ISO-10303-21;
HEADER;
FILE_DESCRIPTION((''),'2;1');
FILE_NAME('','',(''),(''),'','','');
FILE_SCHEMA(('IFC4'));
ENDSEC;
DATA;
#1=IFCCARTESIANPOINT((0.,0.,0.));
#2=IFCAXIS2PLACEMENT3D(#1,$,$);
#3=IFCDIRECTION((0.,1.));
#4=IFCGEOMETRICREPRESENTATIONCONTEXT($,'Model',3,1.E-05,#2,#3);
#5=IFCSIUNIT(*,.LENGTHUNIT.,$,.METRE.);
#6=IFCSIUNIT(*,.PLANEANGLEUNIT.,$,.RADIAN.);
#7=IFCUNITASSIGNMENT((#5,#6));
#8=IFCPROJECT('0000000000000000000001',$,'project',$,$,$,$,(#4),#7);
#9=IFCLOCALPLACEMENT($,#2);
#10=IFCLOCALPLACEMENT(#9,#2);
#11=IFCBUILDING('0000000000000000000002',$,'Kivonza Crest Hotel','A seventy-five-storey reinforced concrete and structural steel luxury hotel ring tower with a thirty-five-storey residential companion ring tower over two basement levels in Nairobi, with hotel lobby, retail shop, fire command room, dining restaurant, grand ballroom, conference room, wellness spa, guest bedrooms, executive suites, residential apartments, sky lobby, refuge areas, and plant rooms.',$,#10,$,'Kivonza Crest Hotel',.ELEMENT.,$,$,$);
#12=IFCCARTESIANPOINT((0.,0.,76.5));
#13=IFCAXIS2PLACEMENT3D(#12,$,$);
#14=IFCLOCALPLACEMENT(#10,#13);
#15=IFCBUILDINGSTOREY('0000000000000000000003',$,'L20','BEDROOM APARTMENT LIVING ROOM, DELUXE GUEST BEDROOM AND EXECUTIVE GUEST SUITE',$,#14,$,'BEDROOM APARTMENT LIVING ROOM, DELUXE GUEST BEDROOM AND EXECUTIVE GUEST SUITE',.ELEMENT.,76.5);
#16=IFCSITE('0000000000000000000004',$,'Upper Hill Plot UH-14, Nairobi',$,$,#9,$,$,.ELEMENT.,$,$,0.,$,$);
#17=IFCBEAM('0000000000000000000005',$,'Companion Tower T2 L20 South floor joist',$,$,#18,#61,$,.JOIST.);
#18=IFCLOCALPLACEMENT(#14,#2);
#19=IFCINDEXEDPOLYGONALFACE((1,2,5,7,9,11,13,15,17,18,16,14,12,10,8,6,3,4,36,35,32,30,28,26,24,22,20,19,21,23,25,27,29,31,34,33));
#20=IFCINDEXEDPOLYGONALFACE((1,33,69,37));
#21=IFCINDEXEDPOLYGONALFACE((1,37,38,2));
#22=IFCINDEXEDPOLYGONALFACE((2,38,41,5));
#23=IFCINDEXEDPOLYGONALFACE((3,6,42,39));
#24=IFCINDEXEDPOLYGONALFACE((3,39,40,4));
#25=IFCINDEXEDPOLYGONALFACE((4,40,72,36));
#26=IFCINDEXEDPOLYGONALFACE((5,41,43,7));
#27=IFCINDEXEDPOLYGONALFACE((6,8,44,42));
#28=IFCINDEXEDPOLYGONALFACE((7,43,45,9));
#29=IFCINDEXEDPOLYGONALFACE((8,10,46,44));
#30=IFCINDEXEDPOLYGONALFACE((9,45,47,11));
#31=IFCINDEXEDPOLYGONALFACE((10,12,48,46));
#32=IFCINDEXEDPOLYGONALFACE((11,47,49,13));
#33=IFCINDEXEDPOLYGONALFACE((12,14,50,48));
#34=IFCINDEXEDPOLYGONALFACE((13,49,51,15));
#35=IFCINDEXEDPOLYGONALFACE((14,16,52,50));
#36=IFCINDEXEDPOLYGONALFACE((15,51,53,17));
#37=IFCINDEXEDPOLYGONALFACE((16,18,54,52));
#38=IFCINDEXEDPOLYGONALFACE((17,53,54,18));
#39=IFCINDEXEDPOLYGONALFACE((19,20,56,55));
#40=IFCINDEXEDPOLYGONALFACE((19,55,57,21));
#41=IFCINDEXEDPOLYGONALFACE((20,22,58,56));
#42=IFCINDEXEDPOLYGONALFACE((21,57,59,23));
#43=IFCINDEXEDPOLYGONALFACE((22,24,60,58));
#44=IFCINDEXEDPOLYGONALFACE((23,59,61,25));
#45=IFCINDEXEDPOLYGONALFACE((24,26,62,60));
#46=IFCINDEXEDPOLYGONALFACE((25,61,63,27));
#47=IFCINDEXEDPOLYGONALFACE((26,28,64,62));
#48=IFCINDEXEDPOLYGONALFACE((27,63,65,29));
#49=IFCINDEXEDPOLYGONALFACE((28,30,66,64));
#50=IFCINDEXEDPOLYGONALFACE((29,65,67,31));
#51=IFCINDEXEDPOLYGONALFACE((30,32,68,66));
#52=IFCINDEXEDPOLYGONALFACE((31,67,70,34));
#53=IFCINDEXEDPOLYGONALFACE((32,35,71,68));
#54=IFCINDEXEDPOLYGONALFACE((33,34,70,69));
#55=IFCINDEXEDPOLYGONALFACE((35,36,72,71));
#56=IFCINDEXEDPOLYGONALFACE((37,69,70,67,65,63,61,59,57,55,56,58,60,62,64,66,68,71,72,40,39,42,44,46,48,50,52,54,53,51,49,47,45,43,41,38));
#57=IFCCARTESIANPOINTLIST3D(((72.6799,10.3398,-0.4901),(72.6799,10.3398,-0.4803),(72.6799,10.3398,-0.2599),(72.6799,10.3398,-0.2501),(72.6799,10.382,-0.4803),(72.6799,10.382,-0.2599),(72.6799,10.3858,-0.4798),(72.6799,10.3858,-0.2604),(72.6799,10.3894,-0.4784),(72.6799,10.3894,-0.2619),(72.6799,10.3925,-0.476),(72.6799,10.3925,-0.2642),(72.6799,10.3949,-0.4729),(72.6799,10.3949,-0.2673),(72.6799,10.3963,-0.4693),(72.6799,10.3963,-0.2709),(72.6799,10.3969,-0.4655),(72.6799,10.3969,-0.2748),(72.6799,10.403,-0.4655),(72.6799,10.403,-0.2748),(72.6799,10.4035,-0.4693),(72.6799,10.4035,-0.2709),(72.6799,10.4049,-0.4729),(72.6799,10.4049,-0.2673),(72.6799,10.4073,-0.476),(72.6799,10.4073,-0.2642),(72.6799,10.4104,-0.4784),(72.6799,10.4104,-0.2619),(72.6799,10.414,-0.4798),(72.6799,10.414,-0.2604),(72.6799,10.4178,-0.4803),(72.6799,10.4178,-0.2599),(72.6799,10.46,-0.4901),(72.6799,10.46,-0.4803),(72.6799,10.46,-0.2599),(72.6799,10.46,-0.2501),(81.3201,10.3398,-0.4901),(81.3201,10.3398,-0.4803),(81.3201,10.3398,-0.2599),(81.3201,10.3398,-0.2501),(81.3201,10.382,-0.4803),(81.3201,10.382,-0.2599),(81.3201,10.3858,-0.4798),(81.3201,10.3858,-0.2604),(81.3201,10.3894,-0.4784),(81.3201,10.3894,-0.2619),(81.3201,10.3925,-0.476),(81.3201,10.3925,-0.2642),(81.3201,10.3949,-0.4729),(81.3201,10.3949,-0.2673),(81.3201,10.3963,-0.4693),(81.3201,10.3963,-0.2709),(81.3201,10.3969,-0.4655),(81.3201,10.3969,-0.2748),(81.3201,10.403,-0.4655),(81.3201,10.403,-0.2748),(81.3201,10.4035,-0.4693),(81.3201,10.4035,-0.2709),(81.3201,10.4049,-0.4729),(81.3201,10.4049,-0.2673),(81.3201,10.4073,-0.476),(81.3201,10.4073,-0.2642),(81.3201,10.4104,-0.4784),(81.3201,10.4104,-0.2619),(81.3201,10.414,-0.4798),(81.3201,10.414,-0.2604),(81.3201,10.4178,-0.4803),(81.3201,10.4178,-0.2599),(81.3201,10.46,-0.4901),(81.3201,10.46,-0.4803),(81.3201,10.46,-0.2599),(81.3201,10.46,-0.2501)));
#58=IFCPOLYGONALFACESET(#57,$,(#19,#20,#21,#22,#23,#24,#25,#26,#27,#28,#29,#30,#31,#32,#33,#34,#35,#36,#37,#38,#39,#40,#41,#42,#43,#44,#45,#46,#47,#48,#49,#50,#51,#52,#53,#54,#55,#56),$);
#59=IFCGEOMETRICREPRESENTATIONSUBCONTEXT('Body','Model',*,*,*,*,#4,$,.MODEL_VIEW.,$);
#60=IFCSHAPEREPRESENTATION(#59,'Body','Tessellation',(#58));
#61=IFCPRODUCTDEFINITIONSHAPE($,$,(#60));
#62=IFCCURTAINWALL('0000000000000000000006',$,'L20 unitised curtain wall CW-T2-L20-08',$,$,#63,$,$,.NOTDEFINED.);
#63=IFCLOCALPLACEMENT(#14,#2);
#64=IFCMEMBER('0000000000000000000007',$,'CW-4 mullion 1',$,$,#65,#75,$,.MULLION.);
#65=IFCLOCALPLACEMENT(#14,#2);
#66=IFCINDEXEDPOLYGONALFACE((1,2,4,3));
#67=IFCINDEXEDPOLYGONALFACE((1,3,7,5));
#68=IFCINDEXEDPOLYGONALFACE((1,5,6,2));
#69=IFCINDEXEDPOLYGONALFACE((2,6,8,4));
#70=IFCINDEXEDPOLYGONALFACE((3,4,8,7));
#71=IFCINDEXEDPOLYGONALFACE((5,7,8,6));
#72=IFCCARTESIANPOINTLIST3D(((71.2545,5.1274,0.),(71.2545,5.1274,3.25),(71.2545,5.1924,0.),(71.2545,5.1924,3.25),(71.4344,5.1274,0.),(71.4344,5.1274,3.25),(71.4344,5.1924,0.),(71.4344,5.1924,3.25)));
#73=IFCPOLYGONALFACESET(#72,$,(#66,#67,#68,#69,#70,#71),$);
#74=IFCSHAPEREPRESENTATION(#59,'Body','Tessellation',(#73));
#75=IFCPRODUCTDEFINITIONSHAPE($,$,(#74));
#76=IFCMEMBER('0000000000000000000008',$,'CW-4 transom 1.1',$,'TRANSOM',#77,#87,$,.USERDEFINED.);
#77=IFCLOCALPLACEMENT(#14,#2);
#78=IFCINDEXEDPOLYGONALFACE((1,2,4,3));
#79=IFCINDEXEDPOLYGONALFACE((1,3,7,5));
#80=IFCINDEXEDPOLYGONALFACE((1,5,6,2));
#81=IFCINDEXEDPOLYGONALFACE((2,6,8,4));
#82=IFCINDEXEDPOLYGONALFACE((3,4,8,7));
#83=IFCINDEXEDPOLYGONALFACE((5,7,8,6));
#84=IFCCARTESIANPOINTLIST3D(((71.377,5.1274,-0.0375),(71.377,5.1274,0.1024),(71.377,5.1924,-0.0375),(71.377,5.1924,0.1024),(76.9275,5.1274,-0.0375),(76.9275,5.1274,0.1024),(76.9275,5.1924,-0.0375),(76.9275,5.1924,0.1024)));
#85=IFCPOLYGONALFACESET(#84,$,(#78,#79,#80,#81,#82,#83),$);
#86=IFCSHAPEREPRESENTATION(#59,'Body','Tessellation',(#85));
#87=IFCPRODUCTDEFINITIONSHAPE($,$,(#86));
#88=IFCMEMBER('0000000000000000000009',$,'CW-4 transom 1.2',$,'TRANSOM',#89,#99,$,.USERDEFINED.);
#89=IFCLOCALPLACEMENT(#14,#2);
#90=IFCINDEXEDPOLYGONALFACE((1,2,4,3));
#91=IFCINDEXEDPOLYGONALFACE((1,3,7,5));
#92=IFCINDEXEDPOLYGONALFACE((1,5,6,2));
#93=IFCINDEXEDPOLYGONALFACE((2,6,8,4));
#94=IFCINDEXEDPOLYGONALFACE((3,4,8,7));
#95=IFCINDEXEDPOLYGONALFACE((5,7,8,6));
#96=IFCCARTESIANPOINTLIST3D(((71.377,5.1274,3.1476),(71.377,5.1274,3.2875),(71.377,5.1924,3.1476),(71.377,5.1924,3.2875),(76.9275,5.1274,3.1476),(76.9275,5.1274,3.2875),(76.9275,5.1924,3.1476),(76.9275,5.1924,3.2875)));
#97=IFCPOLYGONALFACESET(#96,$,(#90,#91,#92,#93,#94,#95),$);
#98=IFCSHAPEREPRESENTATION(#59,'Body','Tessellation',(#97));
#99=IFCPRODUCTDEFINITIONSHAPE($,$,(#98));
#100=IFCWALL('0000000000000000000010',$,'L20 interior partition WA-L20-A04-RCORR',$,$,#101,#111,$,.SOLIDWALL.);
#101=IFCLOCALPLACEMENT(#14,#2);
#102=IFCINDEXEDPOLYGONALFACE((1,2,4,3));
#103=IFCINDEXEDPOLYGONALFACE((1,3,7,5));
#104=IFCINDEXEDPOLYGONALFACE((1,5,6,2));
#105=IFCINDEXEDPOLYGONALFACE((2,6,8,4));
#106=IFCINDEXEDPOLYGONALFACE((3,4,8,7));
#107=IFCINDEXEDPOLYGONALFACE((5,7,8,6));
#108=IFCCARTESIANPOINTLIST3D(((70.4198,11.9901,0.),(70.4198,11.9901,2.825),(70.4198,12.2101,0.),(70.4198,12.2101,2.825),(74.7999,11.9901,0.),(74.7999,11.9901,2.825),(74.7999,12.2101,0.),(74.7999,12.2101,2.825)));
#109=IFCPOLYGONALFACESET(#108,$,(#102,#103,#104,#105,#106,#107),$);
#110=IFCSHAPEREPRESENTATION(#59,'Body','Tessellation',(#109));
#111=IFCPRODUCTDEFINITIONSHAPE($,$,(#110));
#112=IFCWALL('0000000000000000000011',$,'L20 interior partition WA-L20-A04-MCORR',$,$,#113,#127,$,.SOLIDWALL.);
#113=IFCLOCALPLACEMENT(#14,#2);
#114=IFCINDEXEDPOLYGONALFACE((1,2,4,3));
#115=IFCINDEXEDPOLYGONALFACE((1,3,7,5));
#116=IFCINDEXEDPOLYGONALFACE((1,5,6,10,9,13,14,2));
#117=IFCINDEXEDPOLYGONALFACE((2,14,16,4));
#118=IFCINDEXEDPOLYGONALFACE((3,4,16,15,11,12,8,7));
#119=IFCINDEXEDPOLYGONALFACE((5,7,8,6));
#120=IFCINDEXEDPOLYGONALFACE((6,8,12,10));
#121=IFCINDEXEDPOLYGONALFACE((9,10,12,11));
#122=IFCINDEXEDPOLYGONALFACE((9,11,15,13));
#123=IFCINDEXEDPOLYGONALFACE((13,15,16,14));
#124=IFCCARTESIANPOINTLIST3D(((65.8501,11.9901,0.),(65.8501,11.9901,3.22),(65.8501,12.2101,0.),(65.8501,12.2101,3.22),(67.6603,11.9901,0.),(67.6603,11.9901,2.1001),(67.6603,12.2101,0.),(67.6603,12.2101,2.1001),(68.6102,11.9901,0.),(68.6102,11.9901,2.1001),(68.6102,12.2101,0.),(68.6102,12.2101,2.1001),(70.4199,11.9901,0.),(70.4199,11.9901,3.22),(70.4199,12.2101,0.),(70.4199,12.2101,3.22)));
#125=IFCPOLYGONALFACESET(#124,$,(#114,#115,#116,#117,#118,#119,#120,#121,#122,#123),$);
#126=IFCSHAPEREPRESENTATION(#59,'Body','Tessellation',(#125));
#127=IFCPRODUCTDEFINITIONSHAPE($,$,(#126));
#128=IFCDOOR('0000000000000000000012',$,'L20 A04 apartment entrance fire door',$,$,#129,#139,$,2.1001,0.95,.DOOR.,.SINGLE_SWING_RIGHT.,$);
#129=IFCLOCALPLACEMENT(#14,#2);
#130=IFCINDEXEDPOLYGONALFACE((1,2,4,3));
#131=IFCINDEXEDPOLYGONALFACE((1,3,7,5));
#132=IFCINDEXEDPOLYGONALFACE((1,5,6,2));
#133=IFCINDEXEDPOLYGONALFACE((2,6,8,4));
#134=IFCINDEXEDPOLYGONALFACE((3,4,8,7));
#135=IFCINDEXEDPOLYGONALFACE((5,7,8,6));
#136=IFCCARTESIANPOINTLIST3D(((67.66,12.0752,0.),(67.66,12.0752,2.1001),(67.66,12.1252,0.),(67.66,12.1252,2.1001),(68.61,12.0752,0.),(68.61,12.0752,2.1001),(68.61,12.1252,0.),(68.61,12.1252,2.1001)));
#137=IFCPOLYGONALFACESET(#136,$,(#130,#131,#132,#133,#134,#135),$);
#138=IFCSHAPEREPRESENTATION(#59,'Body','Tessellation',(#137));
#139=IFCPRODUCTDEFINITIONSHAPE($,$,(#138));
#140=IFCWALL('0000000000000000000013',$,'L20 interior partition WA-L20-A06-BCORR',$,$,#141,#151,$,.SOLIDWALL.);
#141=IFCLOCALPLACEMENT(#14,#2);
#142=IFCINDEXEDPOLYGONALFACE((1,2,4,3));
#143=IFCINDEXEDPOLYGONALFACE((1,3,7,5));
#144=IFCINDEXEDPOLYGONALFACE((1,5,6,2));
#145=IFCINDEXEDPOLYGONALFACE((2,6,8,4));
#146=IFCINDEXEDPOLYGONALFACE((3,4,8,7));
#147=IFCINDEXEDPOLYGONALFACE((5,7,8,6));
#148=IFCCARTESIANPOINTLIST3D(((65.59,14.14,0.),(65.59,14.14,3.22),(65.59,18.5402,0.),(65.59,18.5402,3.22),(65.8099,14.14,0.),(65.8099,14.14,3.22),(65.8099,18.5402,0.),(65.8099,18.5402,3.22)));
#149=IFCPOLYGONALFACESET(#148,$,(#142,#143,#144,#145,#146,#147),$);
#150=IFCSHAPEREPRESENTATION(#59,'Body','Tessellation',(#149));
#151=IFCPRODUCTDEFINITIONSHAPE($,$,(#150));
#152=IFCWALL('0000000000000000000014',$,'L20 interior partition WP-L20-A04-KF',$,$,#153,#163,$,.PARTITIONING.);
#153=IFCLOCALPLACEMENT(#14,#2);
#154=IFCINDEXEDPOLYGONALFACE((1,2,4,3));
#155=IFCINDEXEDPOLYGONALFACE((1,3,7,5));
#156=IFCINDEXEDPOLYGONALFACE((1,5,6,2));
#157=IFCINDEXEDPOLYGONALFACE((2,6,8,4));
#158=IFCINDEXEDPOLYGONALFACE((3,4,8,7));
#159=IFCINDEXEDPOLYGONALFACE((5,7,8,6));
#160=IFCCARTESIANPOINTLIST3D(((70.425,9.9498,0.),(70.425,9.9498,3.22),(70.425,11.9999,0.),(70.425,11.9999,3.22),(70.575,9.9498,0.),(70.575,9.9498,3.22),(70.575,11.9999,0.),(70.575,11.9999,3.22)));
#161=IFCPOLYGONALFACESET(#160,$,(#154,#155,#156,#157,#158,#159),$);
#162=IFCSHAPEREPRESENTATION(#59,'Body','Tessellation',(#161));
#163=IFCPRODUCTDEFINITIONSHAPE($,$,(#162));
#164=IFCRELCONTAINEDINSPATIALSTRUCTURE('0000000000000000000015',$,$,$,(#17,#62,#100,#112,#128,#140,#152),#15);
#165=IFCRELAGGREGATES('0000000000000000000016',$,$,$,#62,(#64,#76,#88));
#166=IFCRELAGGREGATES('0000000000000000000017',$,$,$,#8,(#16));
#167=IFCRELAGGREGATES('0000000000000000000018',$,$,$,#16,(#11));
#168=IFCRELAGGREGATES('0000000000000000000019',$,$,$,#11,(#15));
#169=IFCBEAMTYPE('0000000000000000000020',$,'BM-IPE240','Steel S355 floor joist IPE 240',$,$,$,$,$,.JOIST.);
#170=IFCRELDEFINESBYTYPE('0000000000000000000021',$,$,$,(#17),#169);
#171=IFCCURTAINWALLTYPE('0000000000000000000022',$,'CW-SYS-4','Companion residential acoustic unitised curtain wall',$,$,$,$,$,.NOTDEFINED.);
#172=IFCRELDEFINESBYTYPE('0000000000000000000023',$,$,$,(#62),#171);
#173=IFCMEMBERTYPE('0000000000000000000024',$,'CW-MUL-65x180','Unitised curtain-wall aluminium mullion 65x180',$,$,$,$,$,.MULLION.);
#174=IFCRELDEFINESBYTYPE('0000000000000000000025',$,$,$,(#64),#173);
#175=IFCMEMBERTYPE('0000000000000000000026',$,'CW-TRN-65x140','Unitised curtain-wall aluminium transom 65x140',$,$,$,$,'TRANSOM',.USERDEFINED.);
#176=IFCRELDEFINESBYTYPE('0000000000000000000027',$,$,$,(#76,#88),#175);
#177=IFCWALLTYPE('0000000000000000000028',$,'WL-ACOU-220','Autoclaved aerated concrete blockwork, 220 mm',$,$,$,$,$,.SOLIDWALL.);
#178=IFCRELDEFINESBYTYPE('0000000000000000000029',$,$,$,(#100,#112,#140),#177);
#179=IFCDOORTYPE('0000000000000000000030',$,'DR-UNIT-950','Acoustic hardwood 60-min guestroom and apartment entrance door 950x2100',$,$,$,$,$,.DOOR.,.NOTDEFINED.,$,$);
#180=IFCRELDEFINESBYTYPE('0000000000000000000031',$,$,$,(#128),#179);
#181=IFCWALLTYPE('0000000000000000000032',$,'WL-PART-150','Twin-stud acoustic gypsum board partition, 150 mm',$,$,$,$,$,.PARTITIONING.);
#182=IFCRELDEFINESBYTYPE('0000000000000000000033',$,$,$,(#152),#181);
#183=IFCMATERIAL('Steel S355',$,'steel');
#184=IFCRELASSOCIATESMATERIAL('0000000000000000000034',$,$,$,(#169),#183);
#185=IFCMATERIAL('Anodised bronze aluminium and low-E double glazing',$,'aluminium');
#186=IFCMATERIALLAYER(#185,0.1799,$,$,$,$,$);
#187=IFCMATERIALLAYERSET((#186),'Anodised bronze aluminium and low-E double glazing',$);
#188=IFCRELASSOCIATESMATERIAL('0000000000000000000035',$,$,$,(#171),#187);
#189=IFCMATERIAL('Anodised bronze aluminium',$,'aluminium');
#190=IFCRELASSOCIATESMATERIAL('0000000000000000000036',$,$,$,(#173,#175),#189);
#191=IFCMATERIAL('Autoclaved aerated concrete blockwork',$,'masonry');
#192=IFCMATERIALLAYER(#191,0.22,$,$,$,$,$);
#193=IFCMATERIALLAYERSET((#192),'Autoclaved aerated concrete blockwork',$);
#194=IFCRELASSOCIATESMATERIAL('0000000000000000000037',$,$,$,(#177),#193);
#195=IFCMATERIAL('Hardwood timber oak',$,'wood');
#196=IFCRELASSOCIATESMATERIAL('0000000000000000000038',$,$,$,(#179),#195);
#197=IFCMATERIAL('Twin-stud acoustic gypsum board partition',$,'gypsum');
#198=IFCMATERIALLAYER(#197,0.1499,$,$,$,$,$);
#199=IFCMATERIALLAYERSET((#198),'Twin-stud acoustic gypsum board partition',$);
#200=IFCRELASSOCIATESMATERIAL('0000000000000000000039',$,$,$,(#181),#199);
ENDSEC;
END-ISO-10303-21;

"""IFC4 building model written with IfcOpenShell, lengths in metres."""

from ifc_helpers import new_model, si_unit, direction, frame, frame_2d, origin, origin_2d, place, context, subcontext, project, spatial, rectangle, i_section, extrude, material, layer, layer_set, material_profile, profile_set, type_object, element, fill, aggregate, save


model = new_model("IFC4")

# Units and contexts
model_context = context("Model", 3, precision=1e-05, world=origin(), true_north=direction((0.0, 1.0)))
body_context = subcontext(model_context, "Body", "Model", "MODEL_VIEW")
ifc_project = project(units=[si_unit("LENGTHUNIT", "METRE"), si_unit("PLANEANGLEUNIT", "RADIAN")], contexts=[model_context])

# Site, building, storey
site_placement = place(None, origin())
site = spatial("IfcSite", under=ifc_project, at=site_placement, Name="Upper Hill Plot UH-14, Nairobi", CompositionType="ELEMENT", RefElevation=0.0)
building_placement = place(site_placement, origin())
building = spatial("IfcBuilding", under=site, at=building_placement, Name="Kivonza Crest Hotel", Description="A seventy-five-storey reinforced concrete and structural steel luxury hotel ring tower with a thirty-five-storey residential companion ring tower over two basement levels in Nairobi, with hotel lobby, retail shop, fire command room, dining restaurant, grand ballroom, conference room, wellness spa, guest bedrooms, executive suites, residential apartments, sky lobby, refuge areas, and plant rooms.", LongName="Kivonza Crest Hotel", CompositionType="ELEMENT")
storey_placement = place(building_placement, frame((0.0, 0.0, 76.5)))
storey = spatial("IfcBuildingStorey", under=building, at=storey_placement, Name="L20", Description="BEDROOM APARTMENT LIVING ROOM, DELUXE GUEST BEDROOM AND EXECUTIVE GUEST SUITE", LongName="BEDROOM APARTMENT LIVING ROOM, DELUXE GUEST BEDROOM AND EXECUTIVE GUEST SUITE", CompositionType="ELEMENT", Elevation=76.5)

# Beam
ifc_material_1 = material(Name="Steel S355", Category="steel")
ifc_material_profile_1 = material_profile(ifc_material_1, i_section(OverallWidth=0.1201, OverallDepth=0.24, WebThickness=0.0061, FlangeThickness=0.0098, FilletRadius=0.0149, at=origin_2d()), Name="IPE 240")
ifc_profile_set_1 = profile_set([ifc_material_profile_1], Name="Steel S355")
beam_type_1 = type_object("IfcBeamType", Name="BM-IPE240", Description="Steel S355 floor joist IPE 240", PredefinedType="JOIST", material=ifc_profile_set_1)
beam_1_placement = place(storey_placement, frame((72.6799, 10.3999, -0.3701), z_axis=(1.0, 0.0, 0.0), x_axis=(0.0, 1.0, 0.0)))
element("IfcBeam", 1, at=beam_1_placement, inside=storey, type_object=beam_type_1, Name="Companion Tower T2 L20 South floor joist", PredefinedType="JOIST", context=body_context, shape_type="SweptSolid", body=[
    extrude(i_section(OverallWidth=0.1201, OverallDepth=0.24, WebThickness=0.0061, FlangeThickness=0.0098, FilletRadius=0.0149, at=origin_2d()), origin(), (0.0, 0.0, 1.0), 8.6401),
])

# Curtain wall, members
ifc_material_2 = material(Name="Anodised bronze aluminium and low-E double glazing", Category="aluminium")
ifc_layer_1 = layer(ifc_material_2, 0.1799)
ifc_layer_set_1 = layer_set([ifc_layer_1], Name="Anodised bronze aluminium and low-E double glazing")
curtain_wall_type = type_object("IfcCurtainWallType", Name="CW-SYS-4", Description="Companion residential acoustic unitised curtain wall", PredefinedType="NOTDEFINED", material=ifc_layer_set_1)
curtain_wall_placement = place(storey_placement, origin())
curtain_wall = element("IfcCurtainWall", 2, at=curtain_wall_placement, inside=storey, type_object=curtain_wall_type, Name="L20 unitised curtain wall CW-T2-L20-08", PredefinedType="NOTDEFINED")
ifc_material_3 = material(Name="Anodised bronze aluminium", Category="aluminium")
ifc_material_profile_2 = material_profile(ifc_material_3, rectangle(XDim=0.0649, YDim=0.1799, at=origin_2d()), Name="CW-M 65x180")
ifc_profile_set_2 = profile_set([ifc_material_profile_2], Name="Anodised bronze aluminium")
member_type_1 = type_object("IfcMemberType", Name="CW-MUL-65x180", Description="Unitised curtain-wall aluminium mullion 65x180", PredefinedType="MULLION", material=ifc_profile_set_2)
member_1_placement = place(storey_placement, frame((71.3445, 5.1599, 0.0), z_axis=(0.0, 0.0, 1.0), x_axis=(0.0, 1.0, 0.0)))
member_1 = element("IfcMember", 3, at=member_1_placement, type_object=member_type_1, Name="CW-4 mullion 1", PredefinedType="MULLION", context=body_context, shape_type="SweptSolid", body=[
    extrude(rectangle(XDim=0.0649, YDim=0.1799, at=origin_2d()), origin(), (0.0, 0.0, 1.0), 3.25),
])
ifc_material_profile_3 = material_profile(ifc_material_3, rectangle(XDim=0.0649, YDim=0.1399, at=origin_2d()), Name="CW-T 65x140")
ifc_profile_set_3 = profile_set([ifc_material_profile_3], Name="Anodised bronze aluminium")
member_type_2 = type_object("IfcMemberType", Name="CW-TRN-65x140", Description="Unitised curtain-wall aluminium transom 65x140", ElementType="TRANSOM", PredefinedType="USERDEFINED", material=ifc_profile_set_3)
member_2_placement = place(storey_placement, frame((71.377, 5.1599, 0.0325), z_axis=(1.0, 0.0, 0.0), x_axis=(0.0, 1.0, 0.0)))
member_2 = element("IfcMember", 4, at=member_2_placement, type_object=member_type_2, Name="CW-4 transom 1.1", ObjectType="TRANSOM", PredefinedType="USERDEFINED", context=body_context, shape_type="SweptSolid", body=[
    extrude(rectangle(XDim=0.0649, YDim=0.1399, at=origin_2d()), origin(), (0.0, 0.0, 1.0), 5.5505),
])
member_3_placement = place(storey_placement, frame((71.377, 5.1599, 3.2175), z_axis=(1.0, 0.0, 0.0), x_axis=(0.0, 1.0, 0.0)))
member_3 = element("IfcMember", 5, at=member_3_placement, type_object=member_type_2, Name="CW-4 transom 1.2", ObjectType="TRANSOM", PredefinedType="USERDEFINED", context=body_context, shape_type="SweptSolid", body=[
    extrude(rectangle(XDim=0.0649, YDim=0.1399, at=origin_2d()), origin(), (0.0, 0.0, 1.0), 5.5505),
])
aggregate(curtain_wall, [member_1, member_2, member_3])

# Wall
ifc_material_4 = material(Name="Autoclaved aerated concrete blockwork", Category="masonry")
ifc_layer_2 = layer(ifc_material_4, 0.22)
ifc_layer_set_2 = layer_set([ifc_layer_2], Name="Autoclaved aerated concrete blockwork")
wall_type_1 = type_object("IfcWallType", Name="WL-ACOU-220", Description="Autoclaved aerated concrete blockwork, 220 mm", PredefinedType="SOLIDWALL", material=ifc_layer_set_2)
wall_1_placement = place(storey_placement, frame((70.4199, 12.1001, 0.0), z_axis=(0.0, 0.0, 1.0), x_axis=(1.0, 0.0, 0.0)))
element("IfcWall", 6, at=wall_1_placement, inside=storey, type_object=wall_type_1, Name="L20 interior partition WA-L20-A04-RCORR", PredefinedType="SOLIDWALL", context=body_context, shape_type="SweptSolid", body=[
    extrude(rectangle(XDim=4.3801, YDim=0.22, at=frame_2d((2.1899, 0.0))), origin(), (0.0, 0.0, 1.0), 2.825),
])

# Wall, opening, door
wall_2_placement = place(storey_placement, frame((65.8501, 12.1001, 0.0), z_axis=(0.0, 0.0, 1.0), x_axis=(1.0, 0.0, 0.0)))
wall_2 = element("IfcWall", 7, at=wall_2_placement, inside=storey, type_object=wall_type_1, Name="L20 interior partition WA-L20-A04-MCORR", PredefinedType="SOLIDWALL", context=body_context, shape_type="SweptSolid", body=[
    extrude(rectangle(XDim=4.5698, YDim=0.22, at=frame_2d((2.2849, 0.0))), origin(), (0.0, 0.0, 1.0), 3.22),
])
opening_1_placement = place(wall_2_placement, frame((1.8101, 0.0, 0.0)))
opening_1 = element("IfcOpeningElement", 8, at=opening_1_placement, cuts=wall_2, PredefinedType="OPENING", context=body_context, shape_type="SweptSolid", body=[
    extrude(rectangle(XDim=0.95, YDim=2.1001, at=frame_2d((0.4751, 1.05))), frame((0.0, 0.1201, 0.0), z_axis=(0.0, -1.0, 0.0), x_axis=(1.0, 0.0, 0.0)), (0.0, 0.0, 1.0), 0.24),
])
ifc_material_5 = material(Name="Hardwood timber oak", Category="wood")
door_type_1 = type_object("IfcDoorType", Name="DR-UNIT-950", Description="Acoustic hardwood 60-min guestroom and apartment entrance door 950x2100", OperationType="NOTDEFINED", PredefinedType="DOOR", material=ifc_material_5)
door_1_placement = place(opening_1_placement, frame((0.95, 0.0, 0.0), z_axis=(0.0, 0.0, 1.0), x_axis=(-1.0, 0.0, 0.0)))
door_1 = element("IfcDoor", 9, at=door_1_placement, inside=storey, type_object=door_type_1, Name="L20 A04 apartment entrance fire door", OperationType="SINGLE_SWING_RIGHT", OverallHeight=2.1001, OverallWidth=0.95, PredefinedType="DOOR", context=body_context, shape_type="SweptSolid", body=[
    extrude(rectangle(XDim=0.95, YDim=2.1001, at=frame_2d((0.4751, 1.05))), frame((0.0, 0.0249, 0.0), z_axis=(0.0, -1.0, 0.0), x_axis=(1.0, 0.0, 0.0)), (0.0, 0.0, 1.0), 0.05),
])
fill(opening_1, door_1)

# Walls
wall_3_placement = place(storey_placement, frame((65.7, 14.1399, 0.0), z_axis=(0.0, 0.0, 1.0), x_axis=(0.0, 1.0, 0.0)))
element("IfcWall", 10, at=wall_3_placement, inside=storey, type_object=wall_type_1, Name="L20 interior partition WA-L20-A06-BCORR", PredefinedType="SOLIDWALL", context=body_context, shape_type="SweptSolid", body=[
    extrude(rectangle(XDim=4.4001, YDim=0.22, at=frame_2d((2.2002, 0.0))), origin(), (0.0, 0.0, 1.0), 3.22),
])
ifc_material_6 = material(Name="Twin-stud acoustic gypsum board partition", Category="gypsum")
ifc_layer_3 = layer(ifc_material_6, 0.1499)
ifc_layer_set_3 = layer_set([ifc_layer_3], Name="Twin-stud acoustic gypsum board partition")
wall_type_2 = type_object("IfcWallType", Name="WL-PART-150", Description="Twin-stud acoustic gypsum board partition, 150 mm", PredefinedType="PARTITIONING", material=ifc_layer_set_3)
wall_4_placement = place(storey_placement, frame((70.5, 9.95, 0.0), z_axis=(0.0, 0.0, 1.0), x_axis=(0.0, 1.0, 0.0)))
element("IfcWall", 11, at=wall_4_placement, inside=storey, type_object=wall_type_2, Name="L20 interior partition WP-L20-A04-KF", PredefinedType="PARTITIONING", context=body_context, shape_type="SweptSolid", body=[
    extrude(rectangle(XDim=2.05, YDim=0.1499, at=frame_2d((1.0249, 0.0))), origin(), (0.0, 0.0, 1.0), 3.22),
])

save(model, "model.ifc")
